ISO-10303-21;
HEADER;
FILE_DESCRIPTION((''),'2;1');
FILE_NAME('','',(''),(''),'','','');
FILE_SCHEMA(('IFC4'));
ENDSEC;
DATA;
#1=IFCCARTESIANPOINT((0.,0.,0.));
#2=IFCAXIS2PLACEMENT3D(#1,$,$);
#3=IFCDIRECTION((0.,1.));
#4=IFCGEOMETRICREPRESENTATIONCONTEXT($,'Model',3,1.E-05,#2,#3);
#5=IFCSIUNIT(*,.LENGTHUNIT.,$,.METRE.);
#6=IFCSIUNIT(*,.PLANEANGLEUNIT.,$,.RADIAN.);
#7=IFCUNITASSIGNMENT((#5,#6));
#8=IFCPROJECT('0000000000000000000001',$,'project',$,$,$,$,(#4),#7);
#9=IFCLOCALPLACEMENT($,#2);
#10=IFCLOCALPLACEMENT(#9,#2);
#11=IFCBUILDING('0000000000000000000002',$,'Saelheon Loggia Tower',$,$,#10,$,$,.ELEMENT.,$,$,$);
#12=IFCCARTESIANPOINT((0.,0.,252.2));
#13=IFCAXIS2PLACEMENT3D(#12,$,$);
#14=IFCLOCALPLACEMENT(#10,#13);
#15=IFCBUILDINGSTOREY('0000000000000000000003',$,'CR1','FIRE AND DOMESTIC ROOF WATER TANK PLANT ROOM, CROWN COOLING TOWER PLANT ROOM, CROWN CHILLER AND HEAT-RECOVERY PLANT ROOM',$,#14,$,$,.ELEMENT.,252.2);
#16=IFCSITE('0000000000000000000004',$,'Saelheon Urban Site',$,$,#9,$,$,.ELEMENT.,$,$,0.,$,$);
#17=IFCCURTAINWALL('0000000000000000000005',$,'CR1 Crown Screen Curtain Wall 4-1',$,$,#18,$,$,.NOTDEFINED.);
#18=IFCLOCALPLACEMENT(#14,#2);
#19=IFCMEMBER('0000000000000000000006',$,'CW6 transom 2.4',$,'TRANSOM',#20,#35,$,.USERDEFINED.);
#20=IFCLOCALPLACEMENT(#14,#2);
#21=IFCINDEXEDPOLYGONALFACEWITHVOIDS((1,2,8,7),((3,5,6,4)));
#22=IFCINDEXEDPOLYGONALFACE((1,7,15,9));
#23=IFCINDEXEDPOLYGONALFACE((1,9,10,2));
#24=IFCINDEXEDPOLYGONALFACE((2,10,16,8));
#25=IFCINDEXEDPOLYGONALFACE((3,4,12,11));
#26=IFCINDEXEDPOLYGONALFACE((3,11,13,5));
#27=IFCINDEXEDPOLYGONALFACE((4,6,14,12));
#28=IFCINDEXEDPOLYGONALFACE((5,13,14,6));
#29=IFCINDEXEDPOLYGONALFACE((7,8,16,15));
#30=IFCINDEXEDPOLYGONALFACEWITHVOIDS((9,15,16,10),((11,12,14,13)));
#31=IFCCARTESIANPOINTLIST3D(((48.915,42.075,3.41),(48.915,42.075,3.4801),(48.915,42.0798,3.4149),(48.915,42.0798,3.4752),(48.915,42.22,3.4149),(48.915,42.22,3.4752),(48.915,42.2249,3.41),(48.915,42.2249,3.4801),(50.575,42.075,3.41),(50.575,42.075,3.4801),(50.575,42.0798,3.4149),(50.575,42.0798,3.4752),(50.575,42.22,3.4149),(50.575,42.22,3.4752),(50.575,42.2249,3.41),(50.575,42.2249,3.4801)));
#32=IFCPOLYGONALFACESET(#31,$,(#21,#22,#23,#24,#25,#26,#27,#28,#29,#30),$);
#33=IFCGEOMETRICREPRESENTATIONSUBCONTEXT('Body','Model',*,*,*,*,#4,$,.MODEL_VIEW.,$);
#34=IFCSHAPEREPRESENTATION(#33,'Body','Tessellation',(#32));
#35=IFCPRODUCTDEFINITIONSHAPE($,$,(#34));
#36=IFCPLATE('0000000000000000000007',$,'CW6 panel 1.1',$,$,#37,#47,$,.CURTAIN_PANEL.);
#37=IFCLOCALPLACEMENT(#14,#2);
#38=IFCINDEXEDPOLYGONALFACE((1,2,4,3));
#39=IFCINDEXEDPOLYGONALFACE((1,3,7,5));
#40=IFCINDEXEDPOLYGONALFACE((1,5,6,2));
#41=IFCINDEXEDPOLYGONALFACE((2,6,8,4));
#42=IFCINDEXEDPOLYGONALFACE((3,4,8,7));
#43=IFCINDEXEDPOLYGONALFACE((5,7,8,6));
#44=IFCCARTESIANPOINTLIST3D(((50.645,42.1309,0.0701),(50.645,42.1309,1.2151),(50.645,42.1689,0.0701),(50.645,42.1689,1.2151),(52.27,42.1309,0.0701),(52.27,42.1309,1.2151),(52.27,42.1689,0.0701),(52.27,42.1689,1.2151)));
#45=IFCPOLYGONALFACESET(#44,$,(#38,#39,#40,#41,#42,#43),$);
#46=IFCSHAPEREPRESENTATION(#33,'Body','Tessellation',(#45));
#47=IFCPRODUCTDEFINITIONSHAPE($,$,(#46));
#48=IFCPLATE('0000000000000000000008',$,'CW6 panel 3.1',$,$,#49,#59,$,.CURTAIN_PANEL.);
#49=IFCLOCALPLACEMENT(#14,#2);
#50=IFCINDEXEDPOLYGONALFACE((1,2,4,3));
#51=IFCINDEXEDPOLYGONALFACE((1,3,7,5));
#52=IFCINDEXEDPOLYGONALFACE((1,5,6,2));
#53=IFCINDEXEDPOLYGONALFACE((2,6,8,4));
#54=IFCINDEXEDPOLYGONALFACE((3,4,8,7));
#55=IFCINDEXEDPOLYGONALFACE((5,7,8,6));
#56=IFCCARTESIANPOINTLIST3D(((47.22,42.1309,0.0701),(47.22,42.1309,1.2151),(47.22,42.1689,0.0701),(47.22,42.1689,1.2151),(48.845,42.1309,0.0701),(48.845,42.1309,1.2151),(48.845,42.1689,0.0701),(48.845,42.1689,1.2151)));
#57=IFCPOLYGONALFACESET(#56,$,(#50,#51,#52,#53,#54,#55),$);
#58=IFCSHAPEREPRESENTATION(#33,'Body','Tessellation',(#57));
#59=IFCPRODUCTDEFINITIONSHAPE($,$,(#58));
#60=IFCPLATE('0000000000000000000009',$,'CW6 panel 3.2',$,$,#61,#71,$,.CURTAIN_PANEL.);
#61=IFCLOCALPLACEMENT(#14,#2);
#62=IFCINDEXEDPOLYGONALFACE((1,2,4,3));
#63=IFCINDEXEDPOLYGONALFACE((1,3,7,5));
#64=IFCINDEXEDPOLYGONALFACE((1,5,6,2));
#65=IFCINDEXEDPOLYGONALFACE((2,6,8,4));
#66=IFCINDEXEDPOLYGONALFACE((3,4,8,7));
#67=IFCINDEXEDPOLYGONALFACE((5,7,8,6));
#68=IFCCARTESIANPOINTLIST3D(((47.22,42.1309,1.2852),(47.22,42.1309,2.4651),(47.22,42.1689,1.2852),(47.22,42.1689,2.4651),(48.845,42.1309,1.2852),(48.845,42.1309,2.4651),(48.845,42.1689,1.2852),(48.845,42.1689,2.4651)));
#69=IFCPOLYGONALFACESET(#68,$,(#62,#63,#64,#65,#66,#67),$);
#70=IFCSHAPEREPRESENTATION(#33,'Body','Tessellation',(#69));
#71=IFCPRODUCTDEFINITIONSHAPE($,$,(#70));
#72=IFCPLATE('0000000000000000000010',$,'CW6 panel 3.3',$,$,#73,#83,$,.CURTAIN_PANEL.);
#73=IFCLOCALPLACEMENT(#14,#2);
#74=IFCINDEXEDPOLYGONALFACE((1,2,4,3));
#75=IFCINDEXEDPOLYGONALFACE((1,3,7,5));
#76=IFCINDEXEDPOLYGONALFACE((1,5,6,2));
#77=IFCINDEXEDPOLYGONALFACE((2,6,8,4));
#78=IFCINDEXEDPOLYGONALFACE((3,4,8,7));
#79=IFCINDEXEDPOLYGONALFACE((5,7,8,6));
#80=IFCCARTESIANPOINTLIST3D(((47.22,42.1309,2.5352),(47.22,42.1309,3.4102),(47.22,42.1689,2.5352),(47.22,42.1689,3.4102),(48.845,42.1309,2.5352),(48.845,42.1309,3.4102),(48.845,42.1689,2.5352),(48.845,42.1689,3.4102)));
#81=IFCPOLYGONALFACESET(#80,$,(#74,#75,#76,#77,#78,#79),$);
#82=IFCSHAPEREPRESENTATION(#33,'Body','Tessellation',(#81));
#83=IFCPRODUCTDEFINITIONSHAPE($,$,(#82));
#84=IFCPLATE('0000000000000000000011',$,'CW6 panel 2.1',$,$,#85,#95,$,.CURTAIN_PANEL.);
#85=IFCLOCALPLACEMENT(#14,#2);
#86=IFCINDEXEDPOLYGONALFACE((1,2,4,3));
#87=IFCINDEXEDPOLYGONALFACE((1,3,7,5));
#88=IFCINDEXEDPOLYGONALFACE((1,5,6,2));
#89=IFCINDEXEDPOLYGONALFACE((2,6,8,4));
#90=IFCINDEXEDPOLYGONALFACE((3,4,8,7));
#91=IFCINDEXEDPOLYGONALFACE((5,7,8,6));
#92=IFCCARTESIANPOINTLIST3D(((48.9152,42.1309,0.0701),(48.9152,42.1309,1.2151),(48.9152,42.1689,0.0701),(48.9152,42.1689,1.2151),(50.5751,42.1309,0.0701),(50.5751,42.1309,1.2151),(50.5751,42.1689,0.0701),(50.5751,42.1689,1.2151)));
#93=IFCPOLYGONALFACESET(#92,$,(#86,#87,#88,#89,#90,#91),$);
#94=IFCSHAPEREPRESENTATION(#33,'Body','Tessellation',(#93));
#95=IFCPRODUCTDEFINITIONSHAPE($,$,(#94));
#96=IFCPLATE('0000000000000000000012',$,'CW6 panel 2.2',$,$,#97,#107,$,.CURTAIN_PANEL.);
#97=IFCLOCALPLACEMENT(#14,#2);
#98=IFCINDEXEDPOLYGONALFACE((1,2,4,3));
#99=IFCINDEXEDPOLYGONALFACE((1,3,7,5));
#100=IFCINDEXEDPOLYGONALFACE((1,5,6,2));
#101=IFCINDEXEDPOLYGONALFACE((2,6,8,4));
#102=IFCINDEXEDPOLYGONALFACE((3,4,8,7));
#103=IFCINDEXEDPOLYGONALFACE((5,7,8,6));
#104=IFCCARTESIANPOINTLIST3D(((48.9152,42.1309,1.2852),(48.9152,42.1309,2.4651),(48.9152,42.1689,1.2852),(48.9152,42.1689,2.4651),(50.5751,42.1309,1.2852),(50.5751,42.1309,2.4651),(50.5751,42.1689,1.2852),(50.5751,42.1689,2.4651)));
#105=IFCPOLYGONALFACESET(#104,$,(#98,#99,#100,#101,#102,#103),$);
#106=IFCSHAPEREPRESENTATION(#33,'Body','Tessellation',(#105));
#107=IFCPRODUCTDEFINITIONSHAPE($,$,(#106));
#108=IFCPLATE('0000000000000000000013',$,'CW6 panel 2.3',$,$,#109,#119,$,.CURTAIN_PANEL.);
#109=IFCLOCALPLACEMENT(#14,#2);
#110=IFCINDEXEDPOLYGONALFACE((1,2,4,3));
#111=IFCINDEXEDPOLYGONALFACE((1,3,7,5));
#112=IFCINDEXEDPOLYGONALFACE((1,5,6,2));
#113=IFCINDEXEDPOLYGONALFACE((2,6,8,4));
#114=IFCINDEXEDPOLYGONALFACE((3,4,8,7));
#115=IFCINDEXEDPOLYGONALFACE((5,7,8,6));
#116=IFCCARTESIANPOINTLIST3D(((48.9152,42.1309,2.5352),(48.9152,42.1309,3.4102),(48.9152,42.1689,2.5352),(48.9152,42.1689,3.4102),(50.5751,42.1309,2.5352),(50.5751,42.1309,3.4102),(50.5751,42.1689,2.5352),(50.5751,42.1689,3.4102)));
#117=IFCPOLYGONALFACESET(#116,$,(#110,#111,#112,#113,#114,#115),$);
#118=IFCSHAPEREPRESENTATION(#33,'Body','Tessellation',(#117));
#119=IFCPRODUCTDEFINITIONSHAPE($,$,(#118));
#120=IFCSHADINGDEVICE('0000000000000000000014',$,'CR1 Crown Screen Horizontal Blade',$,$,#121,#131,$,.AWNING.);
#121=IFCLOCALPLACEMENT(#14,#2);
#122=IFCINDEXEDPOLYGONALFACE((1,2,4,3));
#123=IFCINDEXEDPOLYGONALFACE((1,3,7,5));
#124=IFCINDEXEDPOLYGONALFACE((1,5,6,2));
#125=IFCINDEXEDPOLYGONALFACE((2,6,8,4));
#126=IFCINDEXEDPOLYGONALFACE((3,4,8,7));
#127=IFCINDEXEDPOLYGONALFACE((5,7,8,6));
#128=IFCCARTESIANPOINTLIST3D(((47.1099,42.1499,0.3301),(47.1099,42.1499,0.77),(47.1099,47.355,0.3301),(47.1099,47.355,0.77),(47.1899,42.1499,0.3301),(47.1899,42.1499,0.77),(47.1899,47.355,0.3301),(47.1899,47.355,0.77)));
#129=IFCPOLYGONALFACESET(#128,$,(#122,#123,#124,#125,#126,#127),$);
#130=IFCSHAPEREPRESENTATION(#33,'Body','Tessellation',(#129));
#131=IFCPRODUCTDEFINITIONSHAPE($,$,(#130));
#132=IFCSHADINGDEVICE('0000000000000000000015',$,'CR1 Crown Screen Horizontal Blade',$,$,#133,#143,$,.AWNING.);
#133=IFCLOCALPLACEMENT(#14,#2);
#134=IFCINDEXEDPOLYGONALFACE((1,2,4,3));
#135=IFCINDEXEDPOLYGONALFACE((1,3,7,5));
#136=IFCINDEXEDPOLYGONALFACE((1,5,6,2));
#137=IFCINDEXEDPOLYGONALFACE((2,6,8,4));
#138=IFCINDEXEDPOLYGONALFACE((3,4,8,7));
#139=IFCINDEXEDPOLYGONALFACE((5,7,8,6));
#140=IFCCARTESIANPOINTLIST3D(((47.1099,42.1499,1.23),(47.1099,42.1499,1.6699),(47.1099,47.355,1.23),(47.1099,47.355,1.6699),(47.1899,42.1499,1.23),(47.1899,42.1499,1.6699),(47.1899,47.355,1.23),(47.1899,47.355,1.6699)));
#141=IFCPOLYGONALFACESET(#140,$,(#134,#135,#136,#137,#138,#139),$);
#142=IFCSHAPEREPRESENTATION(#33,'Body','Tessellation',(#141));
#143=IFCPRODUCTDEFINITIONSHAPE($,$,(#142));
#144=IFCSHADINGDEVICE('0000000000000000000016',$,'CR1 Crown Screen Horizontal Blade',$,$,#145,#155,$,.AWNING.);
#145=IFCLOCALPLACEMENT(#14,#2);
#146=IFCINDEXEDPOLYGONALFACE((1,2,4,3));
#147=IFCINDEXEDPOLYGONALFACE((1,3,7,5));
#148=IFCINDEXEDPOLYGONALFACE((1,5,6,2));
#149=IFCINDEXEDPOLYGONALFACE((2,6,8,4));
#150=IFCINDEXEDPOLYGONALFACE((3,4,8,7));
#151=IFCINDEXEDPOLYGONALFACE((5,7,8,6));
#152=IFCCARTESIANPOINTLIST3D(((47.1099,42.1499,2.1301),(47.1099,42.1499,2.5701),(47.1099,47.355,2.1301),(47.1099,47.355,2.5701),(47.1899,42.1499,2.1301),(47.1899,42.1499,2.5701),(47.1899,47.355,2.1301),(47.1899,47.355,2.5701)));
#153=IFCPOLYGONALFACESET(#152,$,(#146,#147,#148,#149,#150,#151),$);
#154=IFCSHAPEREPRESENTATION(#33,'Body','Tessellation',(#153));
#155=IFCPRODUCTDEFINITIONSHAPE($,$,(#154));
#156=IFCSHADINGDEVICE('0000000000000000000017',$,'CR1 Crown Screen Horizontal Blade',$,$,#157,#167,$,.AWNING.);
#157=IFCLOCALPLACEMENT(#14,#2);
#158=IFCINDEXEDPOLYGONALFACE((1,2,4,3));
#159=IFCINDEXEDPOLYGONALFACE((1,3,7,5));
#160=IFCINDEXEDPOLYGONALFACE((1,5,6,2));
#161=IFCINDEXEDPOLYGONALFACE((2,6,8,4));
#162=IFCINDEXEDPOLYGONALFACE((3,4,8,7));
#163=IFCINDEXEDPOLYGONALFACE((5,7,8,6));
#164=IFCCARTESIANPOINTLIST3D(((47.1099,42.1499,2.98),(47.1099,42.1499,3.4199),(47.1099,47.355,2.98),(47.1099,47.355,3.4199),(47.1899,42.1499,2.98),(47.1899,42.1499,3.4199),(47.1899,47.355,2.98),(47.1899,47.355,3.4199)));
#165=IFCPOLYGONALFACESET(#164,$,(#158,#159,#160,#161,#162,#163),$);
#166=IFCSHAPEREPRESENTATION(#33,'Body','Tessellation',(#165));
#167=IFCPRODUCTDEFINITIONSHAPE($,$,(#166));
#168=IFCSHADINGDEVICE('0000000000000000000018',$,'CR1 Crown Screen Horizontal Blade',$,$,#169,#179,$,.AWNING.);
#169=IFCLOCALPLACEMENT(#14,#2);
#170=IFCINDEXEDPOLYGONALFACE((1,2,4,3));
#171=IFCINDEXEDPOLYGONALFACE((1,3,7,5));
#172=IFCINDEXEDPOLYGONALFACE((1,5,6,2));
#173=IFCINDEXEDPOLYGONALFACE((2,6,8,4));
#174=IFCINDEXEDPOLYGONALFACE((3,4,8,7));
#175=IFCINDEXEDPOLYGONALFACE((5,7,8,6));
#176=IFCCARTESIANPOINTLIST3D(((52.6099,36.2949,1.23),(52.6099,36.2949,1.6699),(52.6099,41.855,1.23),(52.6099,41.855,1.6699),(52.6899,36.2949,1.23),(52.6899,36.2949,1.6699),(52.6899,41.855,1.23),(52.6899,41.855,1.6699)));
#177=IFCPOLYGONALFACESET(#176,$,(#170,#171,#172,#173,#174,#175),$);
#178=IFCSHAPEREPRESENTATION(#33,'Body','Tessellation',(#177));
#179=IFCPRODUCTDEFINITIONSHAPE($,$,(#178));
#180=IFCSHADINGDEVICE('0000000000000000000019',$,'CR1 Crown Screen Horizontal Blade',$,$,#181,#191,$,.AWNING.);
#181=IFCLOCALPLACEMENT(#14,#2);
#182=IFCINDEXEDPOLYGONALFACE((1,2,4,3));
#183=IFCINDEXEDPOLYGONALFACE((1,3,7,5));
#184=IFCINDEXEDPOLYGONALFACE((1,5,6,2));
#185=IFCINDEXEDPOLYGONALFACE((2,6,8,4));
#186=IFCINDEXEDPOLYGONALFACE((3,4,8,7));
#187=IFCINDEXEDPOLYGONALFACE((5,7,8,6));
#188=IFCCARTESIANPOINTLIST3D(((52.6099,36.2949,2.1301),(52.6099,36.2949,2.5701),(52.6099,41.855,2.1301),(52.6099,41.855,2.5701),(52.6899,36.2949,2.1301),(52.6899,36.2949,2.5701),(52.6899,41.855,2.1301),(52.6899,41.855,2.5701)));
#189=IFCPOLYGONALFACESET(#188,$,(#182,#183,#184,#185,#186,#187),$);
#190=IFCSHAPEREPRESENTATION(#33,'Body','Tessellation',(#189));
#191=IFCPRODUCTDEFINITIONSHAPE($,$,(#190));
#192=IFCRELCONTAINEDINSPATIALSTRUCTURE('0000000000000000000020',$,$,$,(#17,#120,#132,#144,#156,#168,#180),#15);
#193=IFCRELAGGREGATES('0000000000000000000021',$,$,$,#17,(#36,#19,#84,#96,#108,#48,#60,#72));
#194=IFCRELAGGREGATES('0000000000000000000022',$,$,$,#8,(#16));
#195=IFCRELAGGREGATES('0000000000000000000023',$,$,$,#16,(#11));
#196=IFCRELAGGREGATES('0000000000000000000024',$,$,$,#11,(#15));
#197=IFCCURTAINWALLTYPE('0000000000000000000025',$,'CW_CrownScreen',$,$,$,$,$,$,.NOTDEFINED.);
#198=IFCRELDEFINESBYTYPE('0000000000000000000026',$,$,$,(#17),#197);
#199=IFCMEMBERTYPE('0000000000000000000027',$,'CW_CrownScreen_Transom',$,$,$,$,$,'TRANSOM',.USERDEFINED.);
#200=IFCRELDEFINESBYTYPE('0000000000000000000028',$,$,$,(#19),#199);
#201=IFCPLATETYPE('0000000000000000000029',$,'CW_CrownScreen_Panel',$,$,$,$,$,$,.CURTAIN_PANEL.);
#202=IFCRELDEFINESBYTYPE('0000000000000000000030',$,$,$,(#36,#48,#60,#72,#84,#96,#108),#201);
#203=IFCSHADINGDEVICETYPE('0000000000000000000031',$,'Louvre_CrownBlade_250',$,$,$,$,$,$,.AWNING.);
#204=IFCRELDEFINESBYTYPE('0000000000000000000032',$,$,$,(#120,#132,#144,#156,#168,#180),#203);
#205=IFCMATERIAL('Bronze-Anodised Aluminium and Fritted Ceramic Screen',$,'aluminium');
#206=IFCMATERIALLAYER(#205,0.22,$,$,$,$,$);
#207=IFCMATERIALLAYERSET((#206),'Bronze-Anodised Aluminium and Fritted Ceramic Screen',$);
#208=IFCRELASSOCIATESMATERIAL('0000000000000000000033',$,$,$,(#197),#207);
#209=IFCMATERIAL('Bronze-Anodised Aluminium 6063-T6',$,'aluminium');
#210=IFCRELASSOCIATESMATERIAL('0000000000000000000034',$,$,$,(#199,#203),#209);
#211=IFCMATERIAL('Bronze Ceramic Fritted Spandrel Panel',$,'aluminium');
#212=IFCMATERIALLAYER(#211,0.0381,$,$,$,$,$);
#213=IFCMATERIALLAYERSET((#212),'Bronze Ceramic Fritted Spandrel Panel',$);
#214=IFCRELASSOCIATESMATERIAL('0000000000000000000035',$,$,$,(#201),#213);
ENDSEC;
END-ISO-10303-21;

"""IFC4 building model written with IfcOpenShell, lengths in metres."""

from ifc_helpers import new_model, si_unit, direction, frame, origin, origin_2d, place, context, subcontext, project, spatial, rectangle, hollow_rectangle, extrude, source, transform, mapped, material, layer, layer_set, material_profile, profile_set, type_object, element, aggregate, save


model = new_model("IFC4")

# Units and contexts
model_context = context("Model", 3, precision=1e-05, world=origin(), true_north=direction((0.0, 1.0)))
body_context = subcontext(model_context, "Body", "Model", "MODEL_VIEW")
ifc_project = project(units=[si_unit("LENGTHUNIT", "METRE"), si_unit("PLANEANGLEUNIT", "RADIAN")], contexts=[model_context])

# Site, building, storey
site_placement = place(None, origin())
site = spatial("IfcSite", under=ifc_project, at=site_placement, Name="Saelheon Urban Site", CompositionType="ELEMENT", RefElevation=0.0)
building_placement = place(site_placement, origin())
building = spatial("IfcBuilding", under=site, at=building_placement, Name="Saelheon Loggia Tower", CompositionType="ELEMENT")
storey_placement = place(building_placement, frame((0.0, 0.0, 252.2)))
storey = spatial("IfcBuildingStorey", under=building, at=storey_placement, Name="CR1", Description="FIRE AND DOMESTIC ROOF WATER TANK PLANT ROOM, CROWN COOLING TOWER PLANT ROOM, CROWN CHILLER AND HEAT-RECOVERY PLANT ROOM", CompositionType="ELEMENT", Elevation=252.2)

# Curtain wall, member, plates
ifc_material_1 = material(Name="Bronze-Anodised Aluminium and Fritted Ceramic Screen", Category="aluminium")
ifc_layer_1 = layer(ifc_material_1, 0.22)
ifc_layer_set_1 = layer_set([ifc_layer_1], Name="Bronze-Anodised Aluminium and Fritted Ceramic Screen")
curtain_wall_type = type_object("IfcCurtainWallType", Name="CW_CrownScreen", PredefinedType="NOTDEFINED", material=ifc_layer_set_1)
curtain_wall_placement = place(storey_placement, origin())
curtain_wall = element("IfcCurtainWall", 1, at=curtain_wall_placement, inside=storey, type_object=curtain_wall_type, Name="CR1 Crown Screen Curtain Wall 4-1", PredefinedType="NOTDEFINED")
ifc_material_2 = material(Name="Bronze-Anodised Aluminium 6063-T6", Category="aluminium")
ifc_material_profile_1 = material_profile(ifc_material_2, hollow_rectangle(XDim=0.0701, YDim=0.1499, WallThickness=0.0049, at=origin_2d()), Name="RHS-150x70x5")
ifc_profile_set_1 = profile_set([ifc_material_profile_1], Name="Bronze-Anodised Aluminium 6063-T6")
member_type_1 = type_object("IfcMemberType", Name="CW_CrownScreen_Transom", ElementType="TRANSOM", PredefinedType="USERDEFINED", material=ifc_profile_set_1)
shared_shape_1 = source(origin(), body_context, "Body", "SweptSolid", [
    extrude(hollow_rectangle(XDim=0.0701, YDim=0.1499, WallThickness=0.0049, at=origin_2d()), origin(), (0.0, 0.0, 1.0), 1.6599),
])
member_1_placement = place(storey_placement, frame((50.575, 42.1499, 3.4451), z_axis=(-1.0, 0.0, 0.0), x_axis=(0.0, 0.0, 1.0)))
member_1 = element("IfcMember", 2, at=member_1_placement, type_object=member_type_1, Name="CW6 transom 2.4", ObjectType="TRANSOM", PredefinedType="USERDEFINED", context=body_context, shape_type="MappedRepresentation", body=[
    mapped(shared_shape_1, transform((0.0, 0.0, 0.0), scale=1.0)),
])
ifc_material_3 = material(Name="Bronze Ceramic Fritted Spandrel Panel", Category="aluminium")
ifc_layer_2 = layer(ifc_material_3, 0.0381)
ifc_layer_set_2 = layer_set([ifc_layer_2], Name="Bronze Ceramic Fritted Spandrel Panel")
plate_type = type_object("IfcPlateType", Name="CW_CrownScreen_Panel", PredefinedType="CURTAIN_PANEL", material=ifc_layer_set_2)
shared_shape_2 = source(origin(), body_context, "Body", "SweptSolid", [
    extrude(rectangle(XDim=1.625, YDim=0.0381, at=origin_2d()), origin(), (0.0, 0.0, 1.0), 1.145),
])
plate_1_placement = place(storey_placement, frame((51.4575, 42.1499, 0.0701), z_axis=(0.0, 0.0, 1.0), x_axis=(-1.0, 0.0, 0.0)))
plate_1 = element("IfcPlate", 3, at=plate_1_placement, type_object=plate_type, Name="CW6 panel 1.1", PredefinedType="CURTAIN_PANEL", context=body_context, shape_type="MappedRepresentation", body=[
    mapped(shared_shape_2, transform((0.0, 0.0, 0.0), scale=1.0)),
])
plate_2_placement = place(storey_placement, frame((48.0325, 42.1499, 0.0701), z_axis=(0.0, 0.0, 1.0), x_axis=(-1.0, 0.0, 0.0)))
plate_2 = element("IfcPlate", 4, at=plate_2_placement, type_object=plate_type, Name="CW6 panel 3.1", PredefinedType="CURTAIN_PANEL", context=body_context, shape_type="MappedRepresentation", body=[
    mapped(shared_shape_2, transform((0.0, 0.0, 0.0), scale=1.0)),
])
shared_shape_3 = source(origin(), body_context, "Body", "SweptSolid", [
    extrude(rectangle(XDim=1.625, YDim=0.0381, at=origin_2d()), origin(), (0.0, 0.0, 1.0), 1.1799),
])
plate_3_placement = place(storey_placement, frame((48.0325, 42.1499, 1.2852), z_axis=(0.0, 0.0, 1.0), x_axis=(-1.0, 0.0, 0.0)))
plate_3 = element("IfcPlate", 5, at=plate_3_placement, type_object=plate_type, Name="CW6 panel 3.2", PredefinedType="CURTAIN_PANEL", context=body_context, shape_type="MappedRepresentation", body=[
    mapped(shared_shape_3, transform((0.0, 0.0, 0.0), scale=1.0)),
])
shared_shape_4 = source(origin(), body_context, "Body", "SweptSolid", [
    extrude(rectangle(XDim=1.625, YDim=0.0381, at=origin_2d()), origin(), (0.0, 0.0, 1.0), 0.875),
])
plate_4_placement = place(storey_placement, frame((48.0325, 42.1499, 2.5352), z_axis=(0.0, 0.0, 1.0), x_axis=(-1.0, 0.0, 0.0)))
plate_4 = element("IfcPlate", 6, at=plate_4_placement, type_object=plate_type, Name="CW6 panel 3.3", PredefinedType="CURTAIN_PANEL", context=body_context, shape_type="MappedRepresentation", body=[
    mapped(shared_shape_4, transform((0.0, 0.0, 0.0), scale=1.0)),
])
shared_shape_5 = source(origin(), body_context, "Body", "SweptSolid", [
    extrude(rectangle(XDim=1.6599, YDim=0.0381, at=origin_2d()), origin(), (0.0, 0.0, 1.0), 1.145),
])
plate_5_placement = place(storey_placement, frame((49.7451, 42.1499, 0.0701), z_axis=(0.0, 0.0, 1.0), x_axis=(-1.0, 0.0, 0.0)))
plate_5 = element("IfcPlate", 7, at=plate_5_placement, type_object=plate_type, Name="CW6 panel 2.1", PredefinedType="CURTAIN_PANEL", context=body_context, shape_type="MappedRepresentation", body=[
    mapped(shared_shape_5, transform((0.0, 0.0, 0.0), scale=1.0)),
])
shared_shape_6 = source(origin(), body_context, "Body", "SweptSolid", [
    extrude(rectangle(XDim=1.6599, YDim=0.0381, at=origin_2d()), origin(), (0.0, 0.0, 1.0), 1.1799),
])
plate_6_placement = place(storey_placement, frame((49.7451, 42.1499, 1.2852), z_axis=(0.0, 0.0, 1.0), x_axis=(-1.0, 0.0, 0.0)))
plate_6 = element("IfcPlate", 8, at=plate_6_placement, type_object=plate_type, Name="CW6 panel 2.2", PredefinedType="CURTAIN_PANEL", context=body_context, shape_type="MappedRepresentation", body=[
    mapped(shared_shape_6, transform((0.0, 0.0, 0.0), scale=1.0)),
])
shared_shape_7 = source(origin(), body_context, "Body", "SweptSolid", [
    extrude(rectangle(XDim=1.6599, YDim=0.0381, at=origin_2d()), origin(), (0.0, 0.0, 1.0), 0.875),
])
plate_7_placement = place(storey_placement, frame((49.7451, 42.1499, 2.5352), z_axis=(0.0, 0.0, 1.0), x_axis=(-1.0, 0.0, 0.0)))
plate_7 = element("IfcPlate", 9, at=plate_7_placement, type_object=plate_type, Name="CW6 panel 2.3", PredefinedType="CURTAIN_PANEL", context=body_context, shape_type="MappedRepresentation", body=[
    mapped(shared_shape_7, transform((0.0, 0.0, 0.0), scale=1.0)),
])
aggregate(curtain_wall, [plate_1, member_1, plate_5, plate_6, plate_7, plate_2, plate_3, plate_4])

# Shading devices
ifc_material_profile_2 = material_profile(ifc_material_2, rectangle(XDim=0.0801, YDim=0.4399, at=origin_2d()), Name="Louvre_CrownBlade_250")
ifc_profile_set_2 = profile_set([ifc_material_profile_2], Name="Bronze-Anodised Aluminium 6063-T6")
shading_device_type = type_object("IfcShadingDeviceType", Name="Louvre_CrownBlade_250", PredefinedType="AWNING", material=ifc_profile_set_2)
shared_shape_8 = source(origin(), body_context, "Body", "SweptSolid", [
    extrude(rectangle(XDim=0.0801, YDim=0.4399, at=origin_2d()), origin(), (0.0, 0.0, 1.0), 5.2051),
])
for number, where, z_axis, x_axis, name in (
    (10, (47.1499, 42.1499, 0.55), (0.0, 1.0, 0.0), (-1.0, 0.0, 0.0), "CR1 Crown Screen Horizontal Blade"),
    (11, (47.1499, 42.1499, 1.45), (0.0, 1.0, 0.0), (-1.0, 0.0, 0.0), "CR1 Crown Screen Horizontal Blade"),
    (12, (47.1499, 42.1499, 2.3501), (0.0, 1.0, 0.0), (-1.0, 0.0, 0.0), "CR1 Crown Screen Horizontal Blade"),
    (13, (47.1499, 42.1499, 3.2), (0.0, 1.0, 0.0), (-1.0, 0.0, 0.0), "CR1 Crown Screen Horizontal Blade"),
):
    element("IfcShadingDevice", number, at=place(storey_placement, frame(where, z_axis=z_axis, x_axis=x_axis)), inside=storey, type_object=shading_device_type, Name=name, PredefinedType="AWNING", context=body_context, shape_type="MappedRepresentation", body=[
        mapped(shared_shape_8, transform((0.0, 0.0, 0.0), scale=1.0)),
    ])
shared_shape_9 = source(origin(), body_context, "Body", "SweptSolid", [
    extrude(rectangle(XDim=0.0801, YDim=0.4399, at=origin_2d()), origin(), (0.0, 0.0, 1.0), 5.5601),
])
for number, where, z_axis, x_axis, name in (
    (14, (52.6499, 36.2949, 1.45), (0.0, 1.0, 0.0), (-1.0, 0.0, 0.0), "CR1 Crown Screen Horizontal Blade"),
    (15, (52.6499, 36.2949, 2.3501), (0.0, 1.0, 0.0), (-1.0, 0.0, 0.0), "CR1 Crown Screen Horizontal Blade"),
):
    element("IfcShadingDevice", number, at=place(storey_placement, frame(where, z_axis=z_axis, x_axis=x_axis)), inside=storey, type_object=shading_device_type, Name=name, PredefinedType="AWNING", context=body_context, shape_type="MappedRepresentation", body=[
        mapped(shared_shape_9, transform((0.0, 0.0, 0.0), scale=1.0)),
    ])

save(model, "model.ifc")
